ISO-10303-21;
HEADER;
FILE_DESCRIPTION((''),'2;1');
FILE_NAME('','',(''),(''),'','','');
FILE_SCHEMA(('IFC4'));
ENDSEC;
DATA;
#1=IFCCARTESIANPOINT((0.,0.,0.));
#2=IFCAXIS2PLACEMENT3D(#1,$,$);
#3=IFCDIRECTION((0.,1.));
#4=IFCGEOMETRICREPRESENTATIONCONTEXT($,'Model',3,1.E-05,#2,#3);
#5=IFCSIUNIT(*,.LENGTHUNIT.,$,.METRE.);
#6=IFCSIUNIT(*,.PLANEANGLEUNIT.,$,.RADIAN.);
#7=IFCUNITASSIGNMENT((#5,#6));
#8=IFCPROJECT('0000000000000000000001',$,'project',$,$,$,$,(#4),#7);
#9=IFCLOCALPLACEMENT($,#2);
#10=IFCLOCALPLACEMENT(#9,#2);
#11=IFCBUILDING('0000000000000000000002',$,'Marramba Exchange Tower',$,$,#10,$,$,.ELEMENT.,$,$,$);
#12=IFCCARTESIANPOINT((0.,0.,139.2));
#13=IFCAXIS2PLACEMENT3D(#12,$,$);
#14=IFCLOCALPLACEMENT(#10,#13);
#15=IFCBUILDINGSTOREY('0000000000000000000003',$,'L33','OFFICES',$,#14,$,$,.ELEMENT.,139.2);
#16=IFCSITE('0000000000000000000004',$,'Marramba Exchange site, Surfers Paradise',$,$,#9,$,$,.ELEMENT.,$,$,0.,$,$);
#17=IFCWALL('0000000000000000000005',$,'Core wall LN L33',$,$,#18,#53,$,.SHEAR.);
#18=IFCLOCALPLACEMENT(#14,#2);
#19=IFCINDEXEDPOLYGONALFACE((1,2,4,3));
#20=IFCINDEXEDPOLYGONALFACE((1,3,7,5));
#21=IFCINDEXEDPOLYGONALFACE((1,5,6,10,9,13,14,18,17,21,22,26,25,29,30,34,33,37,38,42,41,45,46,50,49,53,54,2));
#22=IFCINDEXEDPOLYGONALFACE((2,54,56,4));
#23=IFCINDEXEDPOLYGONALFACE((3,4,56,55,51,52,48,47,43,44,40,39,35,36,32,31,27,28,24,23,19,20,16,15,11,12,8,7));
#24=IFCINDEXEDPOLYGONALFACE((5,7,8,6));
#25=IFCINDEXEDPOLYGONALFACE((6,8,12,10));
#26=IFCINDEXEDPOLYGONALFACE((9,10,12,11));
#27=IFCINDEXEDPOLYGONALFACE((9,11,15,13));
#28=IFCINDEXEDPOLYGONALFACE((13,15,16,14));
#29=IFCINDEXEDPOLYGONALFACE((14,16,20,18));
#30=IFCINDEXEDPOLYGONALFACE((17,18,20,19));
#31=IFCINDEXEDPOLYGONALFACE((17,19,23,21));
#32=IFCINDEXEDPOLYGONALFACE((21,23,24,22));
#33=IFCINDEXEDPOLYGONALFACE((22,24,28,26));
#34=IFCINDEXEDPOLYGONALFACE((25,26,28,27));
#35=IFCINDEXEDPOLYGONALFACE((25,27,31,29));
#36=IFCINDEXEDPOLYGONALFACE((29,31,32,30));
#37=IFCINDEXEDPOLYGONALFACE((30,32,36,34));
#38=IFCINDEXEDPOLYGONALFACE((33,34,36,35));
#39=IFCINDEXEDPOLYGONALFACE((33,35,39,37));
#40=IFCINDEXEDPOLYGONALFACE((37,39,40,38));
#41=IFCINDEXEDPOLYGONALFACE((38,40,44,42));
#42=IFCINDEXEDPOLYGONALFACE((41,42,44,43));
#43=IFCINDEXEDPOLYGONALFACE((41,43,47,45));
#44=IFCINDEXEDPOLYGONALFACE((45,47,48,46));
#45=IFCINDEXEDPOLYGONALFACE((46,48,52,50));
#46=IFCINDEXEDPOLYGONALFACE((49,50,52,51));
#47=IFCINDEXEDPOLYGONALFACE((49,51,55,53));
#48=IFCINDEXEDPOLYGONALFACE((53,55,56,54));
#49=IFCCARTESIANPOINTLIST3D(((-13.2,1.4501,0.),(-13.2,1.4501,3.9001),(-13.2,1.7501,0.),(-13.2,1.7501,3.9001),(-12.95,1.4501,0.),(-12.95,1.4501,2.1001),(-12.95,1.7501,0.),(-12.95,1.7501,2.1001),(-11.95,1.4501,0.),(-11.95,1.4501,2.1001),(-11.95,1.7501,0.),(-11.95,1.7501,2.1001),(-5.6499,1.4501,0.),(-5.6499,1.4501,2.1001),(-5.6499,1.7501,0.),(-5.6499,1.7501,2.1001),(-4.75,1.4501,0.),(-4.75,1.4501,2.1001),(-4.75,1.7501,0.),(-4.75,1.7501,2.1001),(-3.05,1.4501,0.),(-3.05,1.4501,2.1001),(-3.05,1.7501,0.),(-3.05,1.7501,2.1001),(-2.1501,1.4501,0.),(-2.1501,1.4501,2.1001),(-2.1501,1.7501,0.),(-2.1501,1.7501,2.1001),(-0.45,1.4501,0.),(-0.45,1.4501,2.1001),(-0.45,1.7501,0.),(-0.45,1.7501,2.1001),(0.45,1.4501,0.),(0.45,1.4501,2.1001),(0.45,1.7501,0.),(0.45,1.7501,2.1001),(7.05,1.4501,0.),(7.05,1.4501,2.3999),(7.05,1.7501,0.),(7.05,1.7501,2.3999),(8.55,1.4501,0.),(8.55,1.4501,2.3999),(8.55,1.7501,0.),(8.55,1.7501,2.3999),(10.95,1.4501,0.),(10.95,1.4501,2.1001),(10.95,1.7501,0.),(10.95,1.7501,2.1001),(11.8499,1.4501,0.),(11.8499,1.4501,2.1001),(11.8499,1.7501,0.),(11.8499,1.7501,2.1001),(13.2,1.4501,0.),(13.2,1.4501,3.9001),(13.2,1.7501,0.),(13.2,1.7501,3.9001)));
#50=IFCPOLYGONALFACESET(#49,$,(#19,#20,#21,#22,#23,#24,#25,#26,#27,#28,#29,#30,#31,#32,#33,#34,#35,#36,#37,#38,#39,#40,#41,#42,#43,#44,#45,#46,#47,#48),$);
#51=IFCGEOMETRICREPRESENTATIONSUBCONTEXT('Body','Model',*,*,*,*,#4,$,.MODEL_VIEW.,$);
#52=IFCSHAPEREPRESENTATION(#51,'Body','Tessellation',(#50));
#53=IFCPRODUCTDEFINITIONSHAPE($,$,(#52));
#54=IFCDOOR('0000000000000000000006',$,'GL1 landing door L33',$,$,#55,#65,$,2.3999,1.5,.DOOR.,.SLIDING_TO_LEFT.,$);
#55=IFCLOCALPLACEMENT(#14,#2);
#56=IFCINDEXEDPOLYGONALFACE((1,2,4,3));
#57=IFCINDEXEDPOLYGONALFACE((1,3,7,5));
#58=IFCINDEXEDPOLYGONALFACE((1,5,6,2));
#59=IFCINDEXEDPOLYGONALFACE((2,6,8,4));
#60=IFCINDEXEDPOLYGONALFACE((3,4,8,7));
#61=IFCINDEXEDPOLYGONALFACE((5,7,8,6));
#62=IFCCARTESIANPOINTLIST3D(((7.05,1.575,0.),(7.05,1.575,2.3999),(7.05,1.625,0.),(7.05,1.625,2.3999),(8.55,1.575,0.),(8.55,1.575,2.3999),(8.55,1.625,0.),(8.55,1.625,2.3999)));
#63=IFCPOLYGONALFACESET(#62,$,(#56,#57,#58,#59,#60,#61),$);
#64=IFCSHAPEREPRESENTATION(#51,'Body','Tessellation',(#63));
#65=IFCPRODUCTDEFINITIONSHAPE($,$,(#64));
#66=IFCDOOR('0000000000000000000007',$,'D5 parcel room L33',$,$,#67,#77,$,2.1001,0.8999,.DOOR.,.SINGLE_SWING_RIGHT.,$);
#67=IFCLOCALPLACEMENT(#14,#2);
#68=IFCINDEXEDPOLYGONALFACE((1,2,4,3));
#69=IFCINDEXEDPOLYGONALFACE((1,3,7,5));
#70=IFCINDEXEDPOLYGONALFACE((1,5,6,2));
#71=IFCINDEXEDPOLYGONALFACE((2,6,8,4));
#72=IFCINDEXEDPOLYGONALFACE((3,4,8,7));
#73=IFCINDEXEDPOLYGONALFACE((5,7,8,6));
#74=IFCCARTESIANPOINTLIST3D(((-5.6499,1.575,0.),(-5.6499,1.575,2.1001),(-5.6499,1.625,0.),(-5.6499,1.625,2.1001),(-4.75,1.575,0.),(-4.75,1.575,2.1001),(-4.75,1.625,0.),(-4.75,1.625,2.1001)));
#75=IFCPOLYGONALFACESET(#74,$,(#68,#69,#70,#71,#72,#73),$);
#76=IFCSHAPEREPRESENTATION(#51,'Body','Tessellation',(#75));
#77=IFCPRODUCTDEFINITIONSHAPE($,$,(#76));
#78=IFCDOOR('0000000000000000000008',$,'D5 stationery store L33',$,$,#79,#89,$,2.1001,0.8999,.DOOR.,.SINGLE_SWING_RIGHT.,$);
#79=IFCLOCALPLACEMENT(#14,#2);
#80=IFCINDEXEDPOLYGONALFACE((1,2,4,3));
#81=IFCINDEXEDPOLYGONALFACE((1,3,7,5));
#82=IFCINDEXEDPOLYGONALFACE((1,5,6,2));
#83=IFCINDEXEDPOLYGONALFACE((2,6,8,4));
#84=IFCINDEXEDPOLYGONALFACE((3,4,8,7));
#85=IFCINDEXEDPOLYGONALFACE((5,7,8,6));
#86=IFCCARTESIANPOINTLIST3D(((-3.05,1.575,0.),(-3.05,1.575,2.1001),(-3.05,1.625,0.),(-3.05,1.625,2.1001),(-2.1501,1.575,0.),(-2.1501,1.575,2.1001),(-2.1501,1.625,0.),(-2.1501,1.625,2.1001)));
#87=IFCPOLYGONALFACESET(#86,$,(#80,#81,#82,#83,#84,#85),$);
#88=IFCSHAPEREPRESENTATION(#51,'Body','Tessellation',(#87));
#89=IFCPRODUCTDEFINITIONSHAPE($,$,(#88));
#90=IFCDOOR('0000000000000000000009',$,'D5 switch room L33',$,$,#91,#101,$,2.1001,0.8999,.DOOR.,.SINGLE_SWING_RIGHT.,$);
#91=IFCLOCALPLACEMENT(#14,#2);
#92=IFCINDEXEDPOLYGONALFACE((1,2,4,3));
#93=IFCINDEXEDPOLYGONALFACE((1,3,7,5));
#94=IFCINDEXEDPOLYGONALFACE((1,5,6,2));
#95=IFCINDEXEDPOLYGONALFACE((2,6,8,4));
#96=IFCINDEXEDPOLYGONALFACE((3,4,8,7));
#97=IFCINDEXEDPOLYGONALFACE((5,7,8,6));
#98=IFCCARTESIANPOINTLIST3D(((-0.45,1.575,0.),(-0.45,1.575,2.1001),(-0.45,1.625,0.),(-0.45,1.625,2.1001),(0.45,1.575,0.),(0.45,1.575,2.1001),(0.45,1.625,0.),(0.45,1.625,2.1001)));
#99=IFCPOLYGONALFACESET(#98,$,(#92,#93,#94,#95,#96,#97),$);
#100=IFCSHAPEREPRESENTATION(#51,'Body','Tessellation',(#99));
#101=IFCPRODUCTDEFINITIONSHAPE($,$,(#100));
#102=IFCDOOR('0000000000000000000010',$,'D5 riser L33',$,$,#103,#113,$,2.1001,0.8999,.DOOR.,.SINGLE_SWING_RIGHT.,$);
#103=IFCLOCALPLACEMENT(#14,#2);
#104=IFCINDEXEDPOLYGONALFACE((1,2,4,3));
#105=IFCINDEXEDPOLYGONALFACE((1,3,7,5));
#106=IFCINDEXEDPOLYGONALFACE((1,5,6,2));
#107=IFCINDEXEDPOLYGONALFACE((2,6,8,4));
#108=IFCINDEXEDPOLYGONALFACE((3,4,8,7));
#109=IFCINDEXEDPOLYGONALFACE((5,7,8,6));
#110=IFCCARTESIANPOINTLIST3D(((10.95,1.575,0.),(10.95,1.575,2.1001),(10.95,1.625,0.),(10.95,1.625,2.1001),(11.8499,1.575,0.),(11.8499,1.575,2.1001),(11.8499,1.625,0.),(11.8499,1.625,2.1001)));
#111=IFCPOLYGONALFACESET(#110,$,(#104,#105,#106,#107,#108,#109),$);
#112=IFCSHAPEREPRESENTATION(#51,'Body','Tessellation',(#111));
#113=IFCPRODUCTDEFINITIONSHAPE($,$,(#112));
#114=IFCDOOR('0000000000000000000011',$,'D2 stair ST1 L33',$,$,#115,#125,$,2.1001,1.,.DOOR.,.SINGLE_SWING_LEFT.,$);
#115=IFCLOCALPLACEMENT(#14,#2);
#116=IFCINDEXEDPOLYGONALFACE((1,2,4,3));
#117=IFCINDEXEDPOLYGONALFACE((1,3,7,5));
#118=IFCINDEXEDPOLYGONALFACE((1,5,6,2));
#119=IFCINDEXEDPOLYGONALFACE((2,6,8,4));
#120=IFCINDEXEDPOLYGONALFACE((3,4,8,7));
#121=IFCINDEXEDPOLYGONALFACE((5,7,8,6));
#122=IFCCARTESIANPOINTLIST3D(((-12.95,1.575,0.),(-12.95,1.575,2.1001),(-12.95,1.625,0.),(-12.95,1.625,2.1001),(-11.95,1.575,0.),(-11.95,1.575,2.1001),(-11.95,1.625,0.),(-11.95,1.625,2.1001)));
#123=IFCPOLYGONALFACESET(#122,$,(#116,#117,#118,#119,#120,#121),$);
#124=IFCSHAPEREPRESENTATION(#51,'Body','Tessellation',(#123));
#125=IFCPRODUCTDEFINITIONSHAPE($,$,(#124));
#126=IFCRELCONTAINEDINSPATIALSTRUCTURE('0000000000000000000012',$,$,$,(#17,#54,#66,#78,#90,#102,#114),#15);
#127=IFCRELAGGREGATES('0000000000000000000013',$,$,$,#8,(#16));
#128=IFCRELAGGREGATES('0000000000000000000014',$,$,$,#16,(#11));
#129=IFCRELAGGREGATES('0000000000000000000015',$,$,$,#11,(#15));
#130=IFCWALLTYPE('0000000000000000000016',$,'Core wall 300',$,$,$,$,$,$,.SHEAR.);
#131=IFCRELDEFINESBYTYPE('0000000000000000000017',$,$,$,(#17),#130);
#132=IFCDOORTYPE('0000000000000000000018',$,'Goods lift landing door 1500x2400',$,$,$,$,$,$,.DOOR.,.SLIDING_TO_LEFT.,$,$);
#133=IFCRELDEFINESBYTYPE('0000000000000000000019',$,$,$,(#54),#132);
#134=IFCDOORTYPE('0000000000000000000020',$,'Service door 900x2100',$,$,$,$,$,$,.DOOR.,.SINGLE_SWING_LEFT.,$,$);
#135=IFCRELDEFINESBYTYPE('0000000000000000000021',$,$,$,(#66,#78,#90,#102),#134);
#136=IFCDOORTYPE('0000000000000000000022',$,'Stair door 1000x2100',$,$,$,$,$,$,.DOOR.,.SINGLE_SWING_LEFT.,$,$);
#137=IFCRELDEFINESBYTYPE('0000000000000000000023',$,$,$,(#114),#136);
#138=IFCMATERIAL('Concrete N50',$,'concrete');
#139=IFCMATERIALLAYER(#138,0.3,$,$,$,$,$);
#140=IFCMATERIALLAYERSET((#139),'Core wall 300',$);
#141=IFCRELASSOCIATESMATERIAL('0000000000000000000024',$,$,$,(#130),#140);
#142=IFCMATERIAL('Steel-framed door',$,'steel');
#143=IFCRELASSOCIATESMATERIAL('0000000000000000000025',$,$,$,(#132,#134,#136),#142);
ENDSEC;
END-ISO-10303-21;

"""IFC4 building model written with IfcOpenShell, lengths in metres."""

from ifc_helpers import new_model, si_unit, direction, frame, frame_2d, origin, place, context, subcontext, project, spatial, rectangle, extrude, material, layer, layer_set, type_object, element, fill, save


model = new_model("IFC4")

# Units and contexts
model_context = context("Model", 3, precision=1e-05, world=origin(), true_north=direction((0.0, 1.0)))
body_context = subcontext(model_context, "Body", "Model", "MODEL_VIEW")
ifc_project = project(units=[si_unit("LENGTHUNIT", "METRE"), si_unit("PLANEANGLEUNIT", "RADIAN")], contexts=[model_context])

# Site, building, storey
site_placement = place(None, origin())
site = spatial("IfcSite", under=ifc_project, at=site_placement, Name="Marramba Exchange site, Surfers Paradise", CompositionType="ELEMENT", RefElevation=0.0)
building_placement = place(site_placement, origin())
building = spatial("IfcBuilding", under=site, at=building_placement, Name="Marramba Exchange Tower", CompositionType="ELEMENT")
storey_placement = place(building_placement, frame((0.0, 0.0, 139.2)))
storey = spatial("IfcBuildingStorey", under=building, at=storey_placement, Name="L33", Description="OFFICES", CompositionType="ELEMENT", Elevation=139.2)

# Wall, openings, doors
ifc_material_1 = material(Name="Concrete N50", Category="concrete")
ifc_layer_1 = layer(ifc_material_1, 0.3)
ifc_layer_set_1 = layer_set([ifc_layer_1], Name="Core wall 300")
wall_type_1 = type_object("IfcWallType", Name="Core wall 300", PredefinedType="SHEAR", material=ifc_layer_set_1)
wall_1_placement = place(storey_placement, frame((-13.2, 1.6001, 0.0), z_axis=(0.0, 0.0, 1.0), x_axis=(1.0, 0.0, 0.0)))
wall_1 = element("IfcWall", 1, at=wall_1_placement, inside=storey, type_object=wall_type_1, Name="Core wall LN L33", PredefinedType="SHEAR", context=body_context, shape_type="SweptSolid", body=[
    extrude(rectangle(XDim=26.3999, YDim=0.3, at=frame_2d((13.2, 0.0))), origin(), (0.0, 0.0, 1.0), 3.9001),
])
opening_1_placement = place(wall_1_placement, frame((0.25, 0.0, 0.0)))
opening_1 = element("IfcOpeningElement", 2, at=opening_1_placement, cuts=wall_1, PredefinedType="OPENING", context=body_context, shape_type="SweptSolid", body=[
    extrude(rectangle(XDim=1.0, YDim=2.1001, at=frame_2d((0.5, 1.05))), frame((0.0, 0.1599, 0.0), z_axis=(0.0, -1.0, 0.0), x_axis=(1.0, 0.0, 0.0)), (0.0, 0.0, 1.0), 0.3201),
])
opening_2_placement = place(wall_1_placement, frame((20.25, 0.0, 0.0)))
opening_2 = element("IfcOpeningElement", 3, at=opening_2_placement, cuts=wall_1, PredefinedType="OPENING", context=body_context, shape_type="SweptSolid", body=[
    extrude(rectangle(XDim=1.5, YDim=2.3999, at=frame_2d((0.75, 1.2))), frame((0.0, 0.1599, 0.0), z_axis=(0.0, -1.0, 0.0), x_axis=(1.0, 0.0, 0.0)), (0.0, 0.0, 1.0), 0.3201),
])
opening_3_placement = place(wall_1_placement, frame((7.55, 0.0, 0.0)))
opening_3 = element("IfcOpeningElement", 4, at=opening_3_placement, cuts=wall_1, PredefinedType="OPENING", context=body_context, shape_type="SweptSolid", body=[
    extrude(rectangle(XDim=0.8999, YDim=2.1001, at=frame_2d((0.45, 1.05))), frame((0.0, 0.1599, 0.0), z_axis=(0.0, -1.0, 0.0), x_axis=(1.0, 0.0, 0.0)), (0.0, 0.0, 1.0), 0.3201),
])
opening_4_placement = place(wall_1_placement, frame((10.1499, 0.0, 0.0)))
opening_4 = element("IfcOpeningElement", 5, at=opening_4_placement, cuts=wall_1, PredefinedType="OPENING", context=body_context, shape_type="SweptSolid", body=[
    extrude(rectangle(XDim=0.8999, YDim=2.1001, at=frame_2d((0.45, 1.05))), frame((0.0, 0.1599, 0.0), z_axis=(0.0, -1.0, 0.0), x_axis=(1.0, 0.0, 0.0)), (0.0, 0.0, 1.0), 0.3201),
])
opening_5_placement = place(wall_1_placement, frame((12.75, 0.0, 0.0)))
opening_5 = element("IfcOpeningElement", 6, at=opening_5_placement, cuts=wall_1, PredefinedType="OPENING", context=body_context, shape_type="SweptSolid", body=[
    extrude(rectangle(XDim=0.8999, YDim=2.1001, at=frame_2d((0.45, 1.05))), frame((0.0, 0.1599, 0.0), z_axis=(0.0, -1.0, 0.0), x_axis=(1.0, 0.0, 0.0)), (0.0, 0.0, 1.0), 0.3201),
])
opening_6_placement = place(wall_1_placement, frame((24.1499, 0.0, 0.0)))
opening_6 = element("IfcOpeningElement", 7, at=opening_6_placement, cuts=wall_1, PredefinedType="OPENING", context=body_context, shape_type="SweptSolid", body=[
    extrude(rectangle(XDim=0.8999, YDim=2.1001, at=frame_2d((0.45, 1.05))), frame((0.0, 0.1599, 0.0), z_axis=(0.0, -1.0, 0.0), x_axis=(1.0, 0.0, 0.0)), (0.0, 0.0, 1.0), 0.3201),
])
ifc_material_2 = material(Name="Steel-framed door", Category="steel")
door_type_1 = type_object("IfcDoorType", Name="Goods lift landing door 1500x2400", OperationType="SLIDING_TO_LEFT", PredefinedType="DOOR", material=ifc_material_2)
door_1_placement = place(opening_2_placement, origin())
door_1 = element("IfcDoor", 8, at=door_1_placement, inside=storey, type_object=door_type_1, Name="GL1 landing door L33", OperationType="SLIDING_TO_LEFT", OverallHeight=2.3999, OverallWidth=1.5, PredefinedType="DOOR", context=body_context, shape_type="SweptSolid", body=[
    extrude(rectangle(XDim=1.5, YDim=2.3999, at=frame_2d((0.75, 1.2))), frame((0.0, 0.0249, 0.0), z_axis=(0.0, -1.0, 0.0), x_axis=(1.0, 0.0, 0.0)), (0.0, 0.0, 1.0), 0.05),
])
fill(opening_2, door_1)
door_type_2 = type_object("IfcDoorType", Name="Service door 900x2100", OperationType="SINGLE_SWING_LEFT", PredefinedType="DOOR", material=ifc_material_2)
door_2_placement = place(opening_3_placement, origin())
door_2 = element("IfcDoor", 9, at=door_2_placement, inside=storey, type_object=door_type_2, Name="D5 parcel room L33", OperationType="SINGLE_SWING_RIGHT", OverallHeight=2.1001, OverallWidth=0.8999, PredefinedType="DOOR", context=body_context, shape_type="SweptSolid", body=[
    extrude(rectangle(XDim=0.8999, YDim=2.1001, at=frame_2d((0.45, 1.05))), frame((0.0, 0.0249, 0.0), z_axis=(0.0, -1.0, 0.0), x_axis=(1.0, 0.0, 0.0)), (0.0, 0.0, 1.0), 0.05),
])
fill(opening_3, door_2)
door_3_placement = place(opening_4_placement, origin())
door_3 = element("IfcDoor", 10, at=door_3_placement, inside=storey, type_object=door_type_2, Name="D5 stationery store L33", OperationType="SINGLE_SWING_RIGHT", OverallHeight=2.1001, OverallWidth=0.8999, PredefinedType="DOOR", context=body_context, shape_type="SweptSolid", body=[
    extrude(rectangle(XDim=0.8999, YDim=2.1001, at=frame_2d((0.45, 1.05))), frame((0.0, 0.0249, 0.0), z_axis=(0.0, -1.0, 0.0), x_axis=(1.0, 0.0, 0.0)), (0.0, 0.0, 1.0), 0.05),
])
fill(opening_4, door_3)
door_4_placement = place(opening_5_placement, origin())
door_4 = element("IfcDoor", 11, at=door_4_placement, inside=storey, type_object=door_type_2, Name="D5 switch room L33", OperationType="SINGLE_SWING_RIGHT", OverallHeight=2.1001, OverallWidth=0.8999, PredefinedType="DOOR", context=body_context, shape_type="SweptSolid", body=[
    extrude(rectangle(XDim=0.8999, YDim=2.1001, at=frame_2d((0.45, 1.05))), frame((0.0, 0.0249, 0.0), z_axis=(0.0, -1.0, 0.0), x_axis=(1.0, 0.0, 0.0)), (0.0, 0.0, 1.0), 0.05),
])
fill(opening_5, door_4)
door_5_placement = place(opening_6_placement, origin())
door_5 = element("IfcDoor", 12, at=door_5_placement, inside=storey, type_object=door_type_2, Name="D5 riser L33", OperationType="SINGLE_SWING_RIGHT", OverallHeight=2.1001, OverallWidth=0.8999, PredefinedType="DOOR", context=body_context, shape_type="SweptSolid", body=[
    extrude(rectangle(XDim=0.8999, YDim=2.1001, at=frame_2d((0.45, 1.05))), frame((0.0, 0.0249, 0.0), z_axis=(0.0, -1.0, 0.0), x_axis=(1.0, 0.0, 0.0)), (0.0, 0.0, 1.0), 0.05),
])
fill(opening_6, door_5)
door_type_3 = type_object("IfcDoorType", Name="Stair door 1000x2100", OperationType="SINGLE_SWING_LEFT", PredefinedType="DOOR", material=ifc_material_2)
door_6_placement = place(opening_1_placement, origin())
door_6 = element("IfcDoor", 13, at=door_6_placement, inside=storey, type_object=door_type_3, Name="D2 stair ST1 L33", OperationType="SINGLE_SWING_LEFT", OverallHeight=2.1001, OverallWidth=1.0, PredefinedType="DOOR", context=body_context, shape_type="SweptSolid", body=[
    extrude(rectangle(XDim=1.0, YDim=2.1001, at=frame_2d((0.5, 1.05))), frame((0.0, 0.0249, 0.0), z_axis=(0.0, -1.0, 0.0), x_axis=(1.0, 0.0, 0.0)), (0.0, 0.0, 1.0), 0.05),
])
fill(opening_1, door_6)

save(model, "model.ifc")
